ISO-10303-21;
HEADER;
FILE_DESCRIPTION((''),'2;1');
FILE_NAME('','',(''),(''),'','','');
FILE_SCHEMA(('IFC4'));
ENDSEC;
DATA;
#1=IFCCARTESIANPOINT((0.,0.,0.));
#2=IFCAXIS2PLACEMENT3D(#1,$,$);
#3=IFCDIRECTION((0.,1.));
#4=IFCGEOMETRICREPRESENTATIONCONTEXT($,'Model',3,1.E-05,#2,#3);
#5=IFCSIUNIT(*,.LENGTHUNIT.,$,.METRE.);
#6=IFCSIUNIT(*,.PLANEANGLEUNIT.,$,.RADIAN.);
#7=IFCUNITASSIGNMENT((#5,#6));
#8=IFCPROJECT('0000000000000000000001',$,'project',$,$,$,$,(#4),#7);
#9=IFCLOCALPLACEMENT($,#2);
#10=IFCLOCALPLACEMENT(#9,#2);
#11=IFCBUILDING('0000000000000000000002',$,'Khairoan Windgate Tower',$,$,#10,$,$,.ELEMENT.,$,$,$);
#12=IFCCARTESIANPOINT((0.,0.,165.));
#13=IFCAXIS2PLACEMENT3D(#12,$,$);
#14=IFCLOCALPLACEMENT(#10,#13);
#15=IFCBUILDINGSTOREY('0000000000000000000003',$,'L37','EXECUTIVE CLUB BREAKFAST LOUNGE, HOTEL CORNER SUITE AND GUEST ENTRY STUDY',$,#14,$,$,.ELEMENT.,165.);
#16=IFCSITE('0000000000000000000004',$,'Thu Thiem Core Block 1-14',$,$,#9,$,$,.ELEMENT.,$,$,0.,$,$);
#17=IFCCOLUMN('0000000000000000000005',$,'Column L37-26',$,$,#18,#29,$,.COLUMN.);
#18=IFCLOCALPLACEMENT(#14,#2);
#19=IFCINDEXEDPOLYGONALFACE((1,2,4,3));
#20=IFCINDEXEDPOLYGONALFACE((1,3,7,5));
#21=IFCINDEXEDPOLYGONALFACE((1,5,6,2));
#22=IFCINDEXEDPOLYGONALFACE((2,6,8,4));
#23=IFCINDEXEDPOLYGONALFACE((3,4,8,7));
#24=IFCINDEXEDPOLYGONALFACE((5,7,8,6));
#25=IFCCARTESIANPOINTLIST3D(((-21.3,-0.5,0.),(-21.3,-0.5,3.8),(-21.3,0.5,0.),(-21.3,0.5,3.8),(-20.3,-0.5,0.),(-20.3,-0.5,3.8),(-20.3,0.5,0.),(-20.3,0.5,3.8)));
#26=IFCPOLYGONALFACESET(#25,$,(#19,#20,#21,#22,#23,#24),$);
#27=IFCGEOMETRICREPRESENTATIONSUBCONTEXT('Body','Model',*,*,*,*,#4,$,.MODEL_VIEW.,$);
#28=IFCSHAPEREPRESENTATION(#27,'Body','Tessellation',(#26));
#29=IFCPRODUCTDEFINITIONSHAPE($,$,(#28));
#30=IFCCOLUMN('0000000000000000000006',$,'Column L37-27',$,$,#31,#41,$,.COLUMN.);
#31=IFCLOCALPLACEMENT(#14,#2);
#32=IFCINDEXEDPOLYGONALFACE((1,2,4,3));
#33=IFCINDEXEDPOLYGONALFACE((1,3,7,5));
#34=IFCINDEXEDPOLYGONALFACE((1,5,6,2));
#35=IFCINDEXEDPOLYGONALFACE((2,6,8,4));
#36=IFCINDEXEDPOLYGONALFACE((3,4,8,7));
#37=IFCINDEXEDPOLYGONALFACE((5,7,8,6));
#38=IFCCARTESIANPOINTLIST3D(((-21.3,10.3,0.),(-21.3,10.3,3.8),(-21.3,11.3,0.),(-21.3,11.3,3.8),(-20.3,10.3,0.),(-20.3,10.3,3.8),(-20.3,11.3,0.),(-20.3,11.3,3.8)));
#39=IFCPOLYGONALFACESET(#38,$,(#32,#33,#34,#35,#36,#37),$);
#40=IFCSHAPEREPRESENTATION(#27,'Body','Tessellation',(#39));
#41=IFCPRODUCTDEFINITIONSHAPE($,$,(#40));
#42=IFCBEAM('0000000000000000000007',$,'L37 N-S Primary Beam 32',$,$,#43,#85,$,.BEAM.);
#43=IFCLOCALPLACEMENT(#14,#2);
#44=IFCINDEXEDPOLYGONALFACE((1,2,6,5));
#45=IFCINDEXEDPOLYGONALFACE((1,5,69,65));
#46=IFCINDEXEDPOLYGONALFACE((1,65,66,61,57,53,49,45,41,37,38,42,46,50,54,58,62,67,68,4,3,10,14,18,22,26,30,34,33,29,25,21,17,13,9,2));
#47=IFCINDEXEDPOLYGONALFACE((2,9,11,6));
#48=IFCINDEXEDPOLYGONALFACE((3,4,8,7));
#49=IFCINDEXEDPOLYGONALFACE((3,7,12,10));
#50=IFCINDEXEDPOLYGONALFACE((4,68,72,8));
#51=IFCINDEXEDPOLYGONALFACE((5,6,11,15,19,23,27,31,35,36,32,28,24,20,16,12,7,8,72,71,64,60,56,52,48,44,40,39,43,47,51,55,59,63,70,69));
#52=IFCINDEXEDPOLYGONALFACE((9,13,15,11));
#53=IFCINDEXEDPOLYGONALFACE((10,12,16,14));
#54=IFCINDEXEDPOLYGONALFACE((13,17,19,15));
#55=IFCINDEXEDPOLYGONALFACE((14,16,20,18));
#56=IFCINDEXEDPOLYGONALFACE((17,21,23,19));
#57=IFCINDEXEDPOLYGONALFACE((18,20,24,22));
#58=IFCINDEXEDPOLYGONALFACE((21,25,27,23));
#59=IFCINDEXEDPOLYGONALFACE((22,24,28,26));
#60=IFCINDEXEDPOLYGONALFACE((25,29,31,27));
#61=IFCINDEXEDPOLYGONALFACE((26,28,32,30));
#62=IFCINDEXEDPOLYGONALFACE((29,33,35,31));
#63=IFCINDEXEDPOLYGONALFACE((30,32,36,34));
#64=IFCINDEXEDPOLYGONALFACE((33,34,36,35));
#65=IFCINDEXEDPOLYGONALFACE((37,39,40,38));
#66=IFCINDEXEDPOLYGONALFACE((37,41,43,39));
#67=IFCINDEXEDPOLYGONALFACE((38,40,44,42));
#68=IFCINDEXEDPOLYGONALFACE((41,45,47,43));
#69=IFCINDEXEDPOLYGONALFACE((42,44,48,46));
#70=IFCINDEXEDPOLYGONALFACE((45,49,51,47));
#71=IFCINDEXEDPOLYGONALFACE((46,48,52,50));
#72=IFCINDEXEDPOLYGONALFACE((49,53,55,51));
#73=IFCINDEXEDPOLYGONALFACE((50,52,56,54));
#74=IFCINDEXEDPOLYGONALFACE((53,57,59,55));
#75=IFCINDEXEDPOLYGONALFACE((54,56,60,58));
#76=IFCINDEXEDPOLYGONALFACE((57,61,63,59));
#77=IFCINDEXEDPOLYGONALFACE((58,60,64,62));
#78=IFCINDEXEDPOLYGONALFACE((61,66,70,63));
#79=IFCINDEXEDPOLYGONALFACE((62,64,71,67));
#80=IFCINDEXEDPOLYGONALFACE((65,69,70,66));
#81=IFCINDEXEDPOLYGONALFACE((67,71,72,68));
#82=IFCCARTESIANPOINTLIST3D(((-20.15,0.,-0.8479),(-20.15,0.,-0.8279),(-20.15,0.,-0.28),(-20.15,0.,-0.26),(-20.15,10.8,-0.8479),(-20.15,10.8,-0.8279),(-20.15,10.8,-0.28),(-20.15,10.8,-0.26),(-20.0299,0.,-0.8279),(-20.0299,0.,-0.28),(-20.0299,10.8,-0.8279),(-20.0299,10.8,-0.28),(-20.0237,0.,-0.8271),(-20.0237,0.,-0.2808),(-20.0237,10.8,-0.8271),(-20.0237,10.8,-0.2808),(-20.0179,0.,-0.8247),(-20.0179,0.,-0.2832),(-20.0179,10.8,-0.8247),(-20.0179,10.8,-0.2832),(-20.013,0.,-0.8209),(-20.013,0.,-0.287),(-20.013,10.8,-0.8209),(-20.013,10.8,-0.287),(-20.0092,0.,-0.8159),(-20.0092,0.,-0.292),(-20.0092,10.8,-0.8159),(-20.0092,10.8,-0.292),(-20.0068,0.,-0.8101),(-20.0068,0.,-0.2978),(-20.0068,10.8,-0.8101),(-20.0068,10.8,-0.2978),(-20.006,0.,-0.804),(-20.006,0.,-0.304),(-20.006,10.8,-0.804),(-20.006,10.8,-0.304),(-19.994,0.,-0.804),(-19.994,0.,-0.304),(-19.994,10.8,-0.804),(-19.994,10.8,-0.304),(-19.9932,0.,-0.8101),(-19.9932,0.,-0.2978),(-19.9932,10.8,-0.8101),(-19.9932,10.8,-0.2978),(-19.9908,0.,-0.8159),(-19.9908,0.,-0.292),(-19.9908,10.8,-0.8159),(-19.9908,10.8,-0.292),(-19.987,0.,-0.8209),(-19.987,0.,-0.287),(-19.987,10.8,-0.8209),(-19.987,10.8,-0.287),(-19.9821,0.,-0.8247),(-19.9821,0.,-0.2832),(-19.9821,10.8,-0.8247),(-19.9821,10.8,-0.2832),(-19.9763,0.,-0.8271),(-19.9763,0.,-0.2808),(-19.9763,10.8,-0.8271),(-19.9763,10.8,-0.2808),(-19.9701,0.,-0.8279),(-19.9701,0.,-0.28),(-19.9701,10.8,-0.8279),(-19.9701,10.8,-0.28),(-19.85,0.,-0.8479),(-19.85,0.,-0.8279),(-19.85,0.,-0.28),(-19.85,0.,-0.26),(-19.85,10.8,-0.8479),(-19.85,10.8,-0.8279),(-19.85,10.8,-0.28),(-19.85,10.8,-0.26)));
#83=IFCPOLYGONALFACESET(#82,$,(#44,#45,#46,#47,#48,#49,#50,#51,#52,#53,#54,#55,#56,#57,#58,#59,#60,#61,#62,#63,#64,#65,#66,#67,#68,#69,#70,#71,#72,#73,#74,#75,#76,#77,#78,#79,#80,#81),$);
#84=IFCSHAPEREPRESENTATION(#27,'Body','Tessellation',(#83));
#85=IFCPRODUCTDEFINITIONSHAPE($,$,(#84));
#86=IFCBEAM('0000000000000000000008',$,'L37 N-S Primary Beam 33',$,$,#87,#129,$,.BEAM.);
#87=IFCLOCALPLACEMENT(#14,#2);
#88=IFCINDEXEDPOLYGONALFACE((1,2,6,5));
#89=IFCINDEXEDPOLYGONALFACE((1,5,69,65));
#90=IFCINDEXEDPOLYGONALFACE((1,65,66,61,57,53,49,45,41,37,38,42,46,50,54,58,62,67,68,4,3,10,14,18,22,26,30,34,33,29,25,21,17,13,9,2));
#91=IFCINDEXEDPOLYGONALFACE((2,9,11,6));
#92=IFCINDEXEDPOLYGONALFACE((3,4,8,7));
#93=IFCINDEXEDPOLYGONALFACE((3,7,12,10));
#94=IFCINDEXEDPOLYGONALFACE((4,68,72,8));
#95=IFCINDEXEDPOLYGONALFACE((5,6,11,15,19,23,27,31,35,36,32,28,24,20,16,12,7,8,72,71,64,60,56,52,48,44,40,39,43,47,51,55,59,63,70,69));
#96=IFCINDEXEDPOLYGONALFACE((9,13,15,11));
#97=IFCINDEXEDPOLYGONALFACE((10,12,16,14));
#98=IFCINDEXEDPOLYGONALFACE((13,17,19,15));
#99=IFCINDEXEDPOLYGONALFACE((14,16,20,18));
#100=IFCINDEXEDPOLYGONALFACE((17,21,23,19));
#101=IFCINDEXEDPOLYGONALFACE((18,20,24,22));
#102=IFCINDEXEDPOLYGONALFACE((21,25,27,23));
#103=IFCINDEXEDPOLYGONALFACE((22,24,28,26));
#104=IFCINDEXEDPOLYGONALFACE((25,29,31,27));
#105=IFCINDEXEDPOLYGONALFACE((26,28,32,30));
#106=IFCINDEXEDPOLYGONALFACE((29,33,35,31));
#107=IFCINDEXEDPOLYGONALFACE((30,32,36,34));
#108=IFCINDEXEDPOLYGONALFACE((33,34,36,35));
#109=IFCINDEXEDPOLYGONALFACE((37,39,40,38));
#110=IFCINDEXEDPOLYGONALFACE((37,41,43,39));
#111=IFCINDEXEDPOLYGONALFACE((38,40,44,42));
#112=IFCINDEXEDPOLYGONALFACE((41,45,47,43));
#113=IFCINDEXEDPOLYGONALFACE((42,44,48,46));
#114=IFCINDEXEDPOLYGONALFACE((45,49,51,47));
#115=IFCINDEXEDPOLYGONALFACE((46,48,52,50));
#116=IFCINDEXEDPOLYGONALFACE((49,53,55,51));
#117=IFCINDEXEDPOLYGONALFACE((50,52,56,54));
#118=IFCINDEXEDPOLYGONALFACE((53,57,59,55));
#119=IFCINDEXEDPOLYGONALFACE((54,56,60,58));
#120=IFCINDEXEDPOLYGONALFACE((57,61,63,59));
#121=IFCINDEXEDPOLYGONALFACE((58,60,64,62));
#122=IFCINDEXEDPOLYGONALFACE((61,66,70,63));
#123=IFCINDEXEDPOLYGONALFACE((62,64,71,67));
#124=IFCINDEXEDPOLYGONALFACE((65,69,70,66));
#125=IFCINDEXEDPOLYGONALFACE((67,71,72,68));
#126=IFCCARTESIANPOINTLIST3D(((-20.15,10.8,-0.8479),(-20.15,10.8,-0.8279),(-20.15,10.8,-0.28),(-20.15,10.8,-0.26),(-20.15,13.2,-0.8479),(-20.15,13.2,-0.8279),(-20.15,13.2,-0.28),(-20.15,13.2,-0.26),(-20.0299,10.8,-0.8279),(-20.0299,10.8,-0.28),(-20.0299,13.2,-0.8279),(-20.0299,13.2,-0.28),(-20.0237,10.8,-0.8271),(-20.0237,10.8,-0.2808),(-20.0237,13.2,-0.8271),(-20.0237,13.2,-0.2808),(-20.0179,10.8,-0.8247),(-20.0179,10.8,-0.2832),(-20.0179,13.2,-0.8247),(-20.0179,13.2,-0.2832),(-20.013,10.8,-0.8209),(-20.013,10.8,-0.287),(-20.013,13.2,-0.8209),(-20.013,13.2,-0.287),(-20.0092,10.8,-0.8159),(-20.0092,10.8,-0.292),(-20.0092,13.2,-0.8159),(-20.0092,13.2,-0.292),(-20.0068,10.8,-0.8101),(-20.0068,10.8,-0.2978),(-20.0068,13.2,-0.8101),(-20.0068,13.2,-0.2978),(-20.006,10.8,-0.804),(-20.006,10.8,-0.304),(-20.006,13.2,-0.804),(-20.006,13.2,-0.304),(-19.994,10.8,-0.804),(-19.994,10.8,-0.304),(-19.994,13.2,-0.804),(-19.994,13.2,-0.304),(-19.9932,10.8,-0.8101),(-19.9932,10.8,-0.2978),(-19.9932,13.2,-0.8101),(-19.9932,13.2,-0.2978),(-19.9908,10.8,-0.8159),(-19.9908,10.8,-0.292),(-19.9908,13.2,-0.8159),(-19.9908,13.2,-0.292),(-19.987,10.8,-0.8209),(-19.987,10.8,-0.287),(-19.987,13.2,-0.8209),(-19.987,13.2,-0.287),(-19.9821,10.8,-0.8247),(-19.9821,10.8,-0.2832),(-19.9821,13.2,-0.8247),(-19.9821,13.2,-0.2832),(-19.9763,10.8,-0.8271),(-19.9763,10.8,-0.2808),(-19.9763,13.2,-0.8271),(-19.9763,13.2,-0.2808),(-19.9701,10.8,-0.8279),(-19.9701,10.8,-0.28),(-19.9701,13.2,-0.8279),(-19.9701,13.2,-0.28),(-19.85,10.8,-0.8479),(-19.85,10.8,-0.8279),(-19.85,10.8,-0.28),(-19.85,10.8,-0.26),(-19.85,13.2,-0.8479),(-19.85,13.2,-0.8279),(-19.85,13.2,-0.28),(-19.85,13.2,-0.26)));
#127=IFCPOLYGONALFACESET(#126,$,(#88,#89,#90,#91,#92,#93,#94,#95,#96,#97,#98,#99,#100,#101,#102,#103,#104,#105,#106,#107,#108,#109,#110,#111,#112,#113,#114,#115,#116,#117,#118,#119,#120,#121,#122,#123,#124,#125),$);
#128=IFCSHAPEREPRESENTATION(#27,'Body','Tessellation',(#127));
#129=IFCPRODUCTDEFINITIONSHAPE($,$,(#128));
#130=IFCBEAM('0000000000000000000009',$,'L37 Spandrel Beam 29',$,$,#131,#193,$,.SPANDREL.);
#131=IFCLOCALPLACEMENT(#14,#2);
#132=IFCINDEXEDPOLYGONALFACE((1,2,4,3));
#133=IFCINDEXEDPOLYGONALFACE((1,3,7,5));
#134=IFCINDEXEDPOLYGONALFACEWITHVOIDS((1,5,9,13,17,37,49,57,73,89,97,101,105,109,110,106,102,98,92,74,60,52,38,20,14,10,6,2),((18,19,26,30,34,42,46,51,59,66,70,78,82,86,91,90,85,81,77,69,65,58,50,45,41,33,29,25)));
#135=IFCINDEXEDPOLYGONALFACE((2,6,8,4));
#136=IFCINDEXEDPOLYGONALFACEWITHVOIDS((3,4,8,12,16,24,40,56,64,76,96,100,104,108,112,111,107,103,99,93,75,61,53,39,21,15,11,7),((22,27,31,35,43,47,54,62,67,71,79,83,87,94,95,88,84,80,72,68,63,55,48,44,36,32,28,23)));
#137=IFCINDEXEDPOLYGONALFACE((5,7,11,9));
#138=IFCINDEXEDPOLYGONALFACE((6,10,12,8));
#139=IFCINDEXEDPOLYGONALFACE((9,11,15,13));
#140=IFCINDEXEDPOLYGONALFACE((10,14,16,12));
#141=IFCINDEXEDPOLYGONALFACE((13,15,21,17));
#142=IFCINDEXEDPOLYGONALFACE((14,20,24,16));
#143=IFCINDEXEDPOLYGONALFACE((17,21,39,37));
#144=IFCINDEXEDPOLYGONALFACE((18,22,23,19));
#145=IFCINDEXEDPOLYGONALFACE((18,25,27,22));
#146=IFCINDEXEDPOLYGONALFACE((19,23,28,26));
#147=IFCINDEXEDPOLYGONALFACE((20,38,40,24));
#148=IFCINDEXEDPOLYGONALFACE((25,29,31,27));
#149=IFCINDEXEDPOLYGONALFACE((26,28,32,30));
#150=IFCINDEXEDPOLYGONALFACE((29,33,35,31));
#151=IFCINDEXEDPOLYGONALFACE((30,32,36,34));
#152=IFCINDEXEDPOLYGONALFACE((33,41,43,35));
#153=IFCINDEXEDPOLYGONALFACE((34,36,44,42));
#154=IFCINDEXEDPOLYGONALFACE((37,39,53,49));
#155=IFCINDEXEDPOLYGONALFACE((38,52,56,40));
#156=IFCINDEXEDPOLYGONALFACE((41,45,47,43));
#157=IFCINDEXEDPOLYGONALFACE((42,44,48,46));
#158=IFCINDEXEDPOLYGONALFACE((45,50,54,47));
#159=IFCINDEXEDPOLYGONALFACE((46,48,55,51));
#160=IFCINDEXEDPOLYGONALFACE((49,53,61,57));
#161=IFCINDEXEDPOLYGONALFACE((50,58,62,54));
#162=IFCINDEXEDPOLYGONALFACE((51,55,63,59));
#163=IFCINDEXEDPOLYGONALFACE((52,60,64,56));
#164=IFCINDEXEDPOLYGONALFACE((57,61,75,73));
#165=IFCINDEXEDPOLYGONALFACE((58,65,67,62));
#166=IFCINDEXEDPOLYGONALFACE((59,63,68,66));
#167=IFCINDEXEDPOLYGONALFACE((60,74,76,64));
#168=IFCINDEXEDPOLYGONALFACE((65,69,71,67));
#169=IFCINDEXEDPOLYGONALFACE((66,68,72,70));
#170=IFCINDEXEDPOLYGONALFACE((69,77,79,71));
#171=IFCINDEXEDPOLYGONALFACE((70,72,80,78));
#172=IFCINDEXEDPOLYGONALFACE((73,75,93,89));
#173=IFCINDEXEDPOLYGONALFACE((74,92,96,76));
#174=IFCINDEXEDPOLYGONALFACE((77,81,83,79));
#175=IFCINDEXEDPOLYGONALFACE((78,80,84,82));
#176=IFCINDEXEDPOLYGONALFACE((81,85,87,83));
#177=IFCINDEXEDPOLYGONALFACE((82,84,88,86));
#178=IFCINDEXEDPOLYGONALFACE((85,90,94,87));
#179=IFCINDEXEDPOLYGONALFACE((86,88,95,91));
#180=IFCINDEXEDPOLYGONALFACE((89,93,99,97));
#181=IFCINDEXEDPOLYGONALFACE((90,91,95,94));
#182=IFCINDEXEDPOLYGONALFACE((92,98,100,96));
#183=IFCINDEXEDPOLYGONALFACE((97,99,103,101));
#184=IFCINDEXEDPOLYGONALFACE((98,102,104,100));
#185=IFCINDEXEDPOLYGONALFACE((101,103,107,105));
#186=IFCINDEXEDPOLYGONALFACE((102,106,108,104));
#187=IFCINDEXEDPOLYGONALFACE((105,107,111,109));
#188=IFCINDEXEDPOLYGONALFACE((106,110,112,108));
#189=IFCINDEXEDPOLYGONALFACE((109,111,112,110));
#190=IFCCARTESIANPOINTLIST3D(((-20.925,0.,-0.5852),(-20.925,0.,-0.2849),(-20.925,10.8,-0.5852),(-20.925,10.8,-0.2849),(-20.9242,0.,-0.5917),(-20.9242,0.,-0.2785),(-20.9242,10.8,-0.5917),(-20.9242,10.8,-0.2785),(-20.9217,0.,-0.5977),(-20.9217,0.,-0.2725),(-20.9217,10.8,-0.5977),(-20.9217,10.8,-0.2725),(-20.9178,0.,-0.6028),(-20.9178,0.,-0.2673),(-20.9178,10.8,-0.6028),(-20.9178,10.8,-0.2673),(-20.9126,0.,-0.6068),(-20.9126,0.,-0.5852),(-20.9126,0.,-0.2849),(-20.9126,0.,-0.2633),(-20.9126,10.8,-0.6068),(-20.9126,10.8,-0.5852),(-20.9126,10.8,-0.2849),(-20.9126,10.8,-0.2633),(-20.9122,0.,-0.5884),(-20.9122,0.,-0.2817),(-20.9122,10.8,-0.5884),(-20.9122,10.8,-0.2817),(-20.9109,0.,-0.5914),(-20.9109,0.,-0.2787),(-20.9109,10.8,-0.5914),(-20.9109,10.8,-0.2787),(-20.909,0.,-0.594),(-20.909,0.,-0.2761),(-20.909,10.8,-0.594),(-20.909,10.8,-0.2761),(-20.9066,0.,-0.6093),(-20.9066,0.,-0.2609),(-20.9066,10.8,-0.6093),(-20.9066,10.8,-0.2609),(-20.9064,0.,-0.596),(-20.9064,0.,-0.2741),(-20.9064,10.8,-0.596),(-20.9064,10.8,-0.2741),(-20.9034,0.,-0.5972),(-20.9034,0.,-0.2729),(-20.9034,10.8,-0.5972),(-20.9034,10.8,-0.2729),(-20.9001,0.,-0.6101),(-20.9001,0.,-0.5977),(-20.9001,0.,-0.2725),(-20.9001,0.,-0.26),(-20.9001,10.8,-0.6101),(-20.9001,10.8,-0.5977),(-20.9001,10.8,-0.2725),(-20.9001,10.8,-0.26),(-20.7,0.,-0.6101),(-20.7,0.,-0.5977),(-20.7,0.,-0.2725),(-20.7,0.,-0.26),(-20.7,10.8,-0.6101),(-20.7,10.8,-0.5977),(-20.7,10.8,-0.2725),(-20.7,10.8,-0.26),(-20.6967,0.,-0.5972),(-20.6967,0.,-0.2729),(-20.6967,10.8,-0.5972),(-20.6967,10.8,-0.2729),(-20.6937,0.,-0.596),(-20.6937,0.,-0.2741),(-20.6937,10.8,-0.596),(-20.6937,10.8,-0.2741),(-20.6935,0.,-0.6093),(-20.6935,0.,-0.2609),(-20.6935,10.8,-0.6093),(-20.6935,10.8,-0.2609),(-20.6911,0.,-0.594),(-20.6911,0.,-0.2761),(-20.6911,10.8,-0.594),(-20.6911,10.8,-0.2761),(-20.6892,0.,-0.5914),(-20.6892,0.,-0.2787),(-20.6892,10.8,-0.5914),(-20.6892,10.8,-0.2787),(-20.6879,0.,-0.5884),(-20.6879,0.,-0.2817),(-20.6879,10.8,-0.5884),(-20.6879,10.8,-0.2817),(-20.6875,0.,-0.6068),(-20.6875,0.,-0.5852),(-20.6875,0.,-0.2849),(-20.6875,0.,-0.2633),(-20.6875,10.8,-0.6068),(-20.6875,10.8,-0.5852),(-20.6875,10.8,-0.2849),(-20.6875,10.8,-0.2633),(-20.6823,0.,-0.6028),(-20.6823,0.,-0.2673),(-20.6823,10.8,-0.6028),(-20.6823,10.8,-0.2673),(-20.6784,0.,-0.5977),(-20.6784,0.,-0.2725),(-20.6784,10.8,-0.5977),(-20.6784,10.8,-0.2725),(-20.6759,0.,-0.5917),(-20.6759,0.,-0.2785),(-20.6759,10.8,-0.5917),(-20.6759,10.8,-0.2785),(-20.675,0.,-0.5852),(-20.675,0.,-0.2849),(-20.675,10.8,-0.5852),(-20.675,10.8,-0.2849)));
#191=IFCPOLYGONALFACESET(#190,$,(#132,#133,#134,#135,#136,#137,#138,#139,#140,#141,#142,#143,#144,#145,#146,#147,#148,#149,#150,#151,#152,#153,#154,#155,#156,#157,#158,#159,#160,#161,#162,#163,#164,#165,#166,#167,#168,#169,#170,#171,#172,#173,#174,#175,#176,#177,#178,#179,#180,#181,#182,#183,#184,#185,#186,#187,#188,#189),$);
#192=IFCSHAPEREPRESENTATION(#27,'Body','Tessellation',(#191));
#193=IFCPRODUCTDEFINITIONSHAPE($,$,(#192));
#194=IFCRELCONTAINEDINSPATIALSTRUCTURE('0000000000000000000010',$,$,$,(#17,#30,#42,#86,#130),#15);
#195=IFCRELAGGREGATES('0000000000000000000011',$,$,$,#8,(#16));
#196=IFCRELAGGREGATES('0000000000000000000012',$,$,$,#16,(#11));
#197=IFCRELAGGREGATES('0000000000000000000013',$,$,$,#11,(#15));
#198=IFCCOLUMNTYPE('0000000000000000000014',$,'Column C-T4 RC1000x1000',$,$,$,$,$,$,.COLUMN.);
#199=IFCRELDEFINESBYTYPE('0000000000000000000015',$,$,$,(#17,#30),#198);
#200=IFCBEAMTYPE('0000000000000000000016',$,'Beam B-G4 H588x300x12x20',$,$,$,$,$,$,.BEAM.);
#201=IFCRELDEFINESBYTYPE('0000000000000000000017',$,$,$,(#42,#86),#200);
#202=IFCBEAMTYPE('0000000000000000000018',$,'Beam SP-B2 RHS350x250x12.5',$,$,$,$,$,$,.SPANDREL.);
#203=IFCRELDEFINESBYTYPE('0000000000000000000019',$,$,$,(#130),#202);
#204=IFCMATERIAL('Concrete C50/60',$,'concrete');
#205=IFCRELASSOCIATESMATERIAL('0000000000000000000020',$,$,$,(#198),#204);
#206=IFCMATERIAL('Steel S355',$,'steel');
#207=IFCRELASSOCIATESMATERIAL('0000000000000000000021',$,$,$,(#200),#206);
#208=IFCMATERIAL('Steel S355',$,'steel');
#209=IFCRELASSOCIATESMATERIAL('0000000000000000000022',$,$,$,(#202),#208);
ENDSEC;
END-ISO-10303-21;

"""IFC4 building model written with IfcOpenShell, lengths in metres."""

from ifc_helpers import new_model, si_unit, direction, frame, origin, origin_2d, place, context, subcontext, project, spatial, rectangle, hollow_rectangle, i_section, extrude, material, material_profile, profile_set, type_object, element, save


model = new_model("IFC4")

# Units and contexts
model_context = context("Model", 3, precision=1e-05, world=origin(), true_north=direction((0.0, 1.0)))
body_context = subcontext(model_context, "Body", "Model", "MODEL_VIEW")
ifc_project = project(units=[si_unit("LENGTHUNIT", "METRE"), si_unit("PLANEANGLEUNIT", "RADIAN")], contexts=[model_context])

# Site, building, storey
site_placement = place(None, origin())
site = spatial("IfcSite", under=ifc_project, at=site_placement, Name="Thu Thiem Core Block 1-14", CompositionType="ELEMENT", RefElevation=0.0)
building_placement = place(site_placement, origin())
building = spatial("IfcBuilding", under=site, at=building_placement, Name="Khairoan Windgate Tower", CompositionType="ELEMENT")
storey_placement = place(building_placement, frame((0.0, 0.0, 165.0)))
storey = spatial("IfcBuildingStorey", under=building, at=storey_placement, Name="L37", Description="EXECUTIVE CLUB BREAKFAST LOUNGE, HOTEL CORNER SUITE AND GUEST ENTRY STUDY", CompositionType="ELEMENT", Elevation=165.0)

# Columns
ifc_material_1 = material(Name="Concrete C50/60", Category="concrete")
ifc_material_profile_1 = material_profile(ifc_material_1, rectangle(XDim=1.0, YDim=1.0, at=origin_2d()))
ifc_profile_set_1 = profile_set([ifc_material_profile_1], Name="Concrete C50/60")
column_type = type_object("IfcColumnType", Name="Column C-T4 RC1000x1000", PredefinedType="COLUMN", material=ifc_profile_set_1)
for number, where, z_axis, x_axis, name in (
    (1, (-20.8, 0.0, 0.0), (0.0, 0.0, 1.0), (1.0, 0.0, 0.0), "Column L37-26"),
    (2, (-20.8, 10.8, 0.0), (0.0, 0.0, 1.0), (1.0, 0.0, 0.0), "Column L37-27"),
):
    element("IfcColumn", number, at=place(storey_placement, frame(where, z_axis=z_axis, x_axis=x_axis)), inside=storey, type_object=column_type, Name=name, PredefinedType="COLUMN", context=body_context, shape_type="SweptSolid", body=[
        extrude(rectangle(XDim=1.0, YDim=1.0, at=origin_2d()), origin(), (0.0, 0.0, 1.0), 3.8),
    ])

# Beams
ifc_material_2 = material(Name="Steel S355", Category="steel")
ifc_material_profile_2 = material_profile(ifc_material_2, i_section(OverallWidth=0.3, OverallDepth=0.5879, WebThickness=0.012, FlangeThickness=0.02, FilletRadius=0.0239, at=origin_2d()))
ifc_profile_set_2 = profile_set([ifc_material_profile_2], Name="Steel S355")
beam_type_1 = type_object("IfcBeamType", Name="Beam B-G4 H588x300x12x20", PredefinedType="BEAM", material=ifc_profile_set_2)
beam_1_placement = place(storey_placement, frame((-20.0, 0.0, -0.554), z_axis=(0.0, 1.0, 0.0), x_axis=(-1.0, 0.0, 0.0)))
element("IfcBeam", 3, at=beam_1_placement, inside=storey, type_object=beam_type_1, Name="L37 N-S Primary Beam 32", PredefinedType="BEAM", context=body_context, shape_type="SweptSolid", body=[
    extrude(i_section(OverallWidth=0.3, OverallDepth=0.5879, WebThickness=0.012, FlangeThickness=0.02, FilletRadius=0.0239, at=origin_2d()), origin(), (0.0, 0.0, 1.0), 10.8),
])
beam_2_placement = place(storey_placement, frame((-20.0, 10.8, -0.554), z_axis=(0.0, 1.0, 0.0), x_axis=(-1.0, 0.0, 0.0)))
element("IfcBeam", 4, at=beam_2_placement, inside=storey, type_object=beam_type_1, Name="L37 N-S Primary Beam 33", PredefinedType="BEAM", context=body_context, shape_type="SweptSolid", body=[
    extrude(i_section(OverallWidth=0.3, OverallDepth=0.5879, WebThickness=0.012, FlangeThickness=0.02, FilletRadius=0.0239, at=origin_2d()), origin(), (0.0, 0.0, 1.0), 2.3999),
])
ifc_material_3 = material(Name="Steel S355", Category="steel")
ifc_material_profile_3 = material_profile(ifc_material_3, hollow_rectangle(XDim=0.25, YDim=0.3501, WallThickness=0.0125, InnerFilletRadius=0.0125, OuterFilletRadius=0.0249, at=origin_2d()))
ifc_profile_set_3 = profile_set([ifc_material_profile_3], Name="Steel S355")
beam_type_2 = type_object("IfcBeamType", Name="Beam SP-B2 RHS350x250x12.5", PredefinedType="SPANDREL", material=ifc_profile_set_3)
beam_3_placement = place(storey_placement, frame((-20.8, 0.0, -0.4351), z_axis=(0.0, 1.0, 0.0), x_axis=(-1.0, 0.0, 0.0)))
element("IfcBeam", 5, at=beam_3_placement, inside=storey, type_object=beam_type_2, Name="L37 Spandrel Beam 29", PredefinedType="SPANDREL", context=body_context, shape_type="SweptSolid", body=[
    extrude(hollow_rectangle(XDim=0.25, YDim=0.3501, WallThickness=0.0125, InnerFilletRadius=0.0125, OuterFilletRadius=0.0249, at=origin_2d()), origin(), (0.0, 0.0, 1.0), 10.8),
])

save(model, "model.ifc")
